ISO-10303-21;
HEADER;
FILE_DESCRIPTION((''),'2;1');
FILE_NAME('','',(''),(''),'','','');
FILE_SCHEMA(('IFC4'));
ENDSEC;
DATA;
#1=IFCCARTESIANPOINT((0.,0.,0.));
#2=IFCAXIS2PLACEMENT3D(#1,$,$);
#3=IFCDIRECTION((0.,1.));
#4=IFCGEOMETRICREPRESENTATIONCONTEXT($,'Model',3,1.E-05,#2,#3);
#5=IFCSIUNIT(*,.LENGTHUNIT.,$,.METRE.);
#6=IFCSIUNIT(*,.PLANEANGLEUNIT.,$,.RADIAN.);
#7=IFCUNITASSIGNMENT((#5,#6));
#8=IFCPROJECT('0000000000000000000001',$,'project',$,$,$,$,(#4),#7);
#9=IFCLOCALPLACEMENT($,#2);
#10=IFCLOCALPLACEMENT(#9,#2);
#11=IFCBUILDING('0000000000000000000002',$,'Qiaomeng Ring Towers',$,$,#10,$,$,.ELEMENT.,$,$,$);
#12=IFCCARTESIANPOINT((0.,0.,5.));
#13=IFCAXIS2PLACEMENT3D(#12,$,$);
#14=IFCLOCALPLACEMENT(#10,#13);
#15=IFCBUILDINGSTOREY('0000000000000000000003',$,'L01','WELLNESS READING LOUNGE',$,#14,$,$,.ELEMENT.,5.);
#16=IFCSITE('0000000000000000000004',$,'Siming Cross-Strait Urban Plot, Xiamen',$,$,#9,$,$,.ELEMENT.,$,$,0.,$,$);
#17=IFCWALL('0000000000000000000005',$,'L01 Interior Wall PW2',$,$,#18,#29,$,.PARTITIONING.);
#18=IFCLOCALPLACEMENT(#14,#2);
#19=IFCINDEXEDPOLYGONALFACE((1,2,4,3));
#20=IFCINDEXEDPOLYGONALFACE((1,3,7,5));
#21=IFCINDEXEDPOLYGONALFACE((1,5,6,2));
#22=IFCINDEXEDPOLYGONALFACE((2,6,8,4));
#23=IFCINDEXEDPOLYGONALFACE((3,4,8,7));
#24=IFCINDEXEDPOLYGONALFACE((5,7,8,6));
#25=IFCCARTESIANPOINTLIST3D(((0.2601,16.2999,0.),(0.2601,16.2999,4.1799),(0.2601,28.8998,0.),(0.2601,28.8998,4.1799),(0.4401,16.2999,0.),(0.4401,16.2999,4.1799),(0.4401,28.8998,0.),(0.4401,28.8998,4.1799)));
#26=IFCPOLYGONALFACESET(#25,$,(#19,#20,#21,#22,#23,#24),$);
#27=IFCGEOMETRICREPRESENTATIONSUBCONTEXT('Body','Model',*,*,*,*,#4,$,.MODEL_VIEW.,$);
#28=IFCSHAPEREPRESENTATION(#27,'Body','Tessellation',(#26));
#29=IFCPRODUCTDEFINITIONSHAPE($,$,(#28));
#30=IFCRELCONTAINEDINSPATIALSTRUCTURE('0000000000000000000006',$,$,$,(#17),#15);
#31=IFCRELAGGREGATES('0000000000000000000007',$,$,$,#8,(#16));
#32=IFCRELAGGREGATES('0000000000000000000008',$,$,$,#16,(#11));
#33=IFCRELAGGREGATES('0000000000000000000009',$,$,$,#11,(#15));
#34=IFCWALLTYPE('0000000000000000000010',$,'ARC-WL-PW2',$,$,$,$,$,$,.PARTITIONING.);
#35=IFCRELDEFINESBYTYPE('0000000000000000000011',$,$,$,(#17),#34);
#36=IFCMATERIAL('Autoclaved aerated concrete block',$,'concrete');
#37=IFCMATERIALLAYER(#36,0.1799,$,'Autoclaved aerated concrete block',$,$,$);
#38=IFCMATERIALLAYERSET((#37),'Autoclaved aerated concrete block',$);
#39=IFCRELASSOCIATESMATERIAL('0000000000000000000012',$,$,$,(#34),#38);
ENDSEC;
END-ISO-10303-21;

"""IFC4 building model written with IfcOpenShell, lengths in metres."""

from ifc_helpers import new_model, si_unit, direction, frame, frame_2d, origin, place, context, subcontext, project, spatial, rectangle, extrude, material, layer, layer_set, type_object, element, save


model = new_model("IFC4")

# Units and contexts
model_context = context("Model", 3, precision=1e-05, world=origin(), true_north=direction((0.0, 1.0)))
body_context = subcontext(model_context, "Body", "Model", "MODEL_VIEW")
ifc_project = project(units=[si_unit("LENGTHUNIT", "METRE"), si_unit("PLANEANGLEUNIT", "RADIAN")], contexts=[model_context])

# Site, building, storey
site_placement = place(None, origin())
site = spatial("IfcSite", under=ifc_project, at=site_placement, Name="Siming Cross-Strait Urban Plot, Xiamen", CompositionType="ELEMENT", RefElevation=0.0)
building_placement = place(site_placement, origin())
building = spatial("IfcBuilding", under=site, at=building_placement, Name="Qiaomeng Ring Towers", CompositionType="ELEMENT")
storey_placement = place(building_placement, frame((0.0, 0.0, 5.0)))
storey = spatial("IfcBuildingStorey", under=building, at=storey_placement, Name="L01", Description="WELLNESS READING LOUNGE", CompositionType="ELEMENT", Elevation=5.0)

# Wall
ifc_material_1 = material(Name="Autoclaved aerated concrete block", Category="concrete")
ifc_layer_1 = layer(ifc_material_1, 0.1799, Name="Autoclaved aerated concrete block")
ifc_layer_set_1 = layer_set([ifc_layer_1], Name="Autoclaved aerated concrete block")
wall_type = type_object("IfcWallType", Name="ARC-WL-PW2", PredefinedType="PARTITIONING", material=ifc_layer_set_1)
wall_1_placement = place(storey_placement, frame((0.3501, 16.3, 0.0), z_axis=(0.0, 0.0, 1.0), x_axis=(0.0, 1.0, 0.0)))
element("IfcWall", 1, at=wall_1_placement, inside=storey, type_object=wall_type, Name="L01 Interior Wall PW2", PredefinedType="PARTITIONING", context=body_context, shape_type="SweptSolid", body=[
    extrude(rectangle(XDim=12.5999, YDim=0.1799, at=frame_2d((6.2998, 0.0))), origin(), (0.0, 0.0, 1.0), 4.1799),
])

save(model, "model.ifc")
